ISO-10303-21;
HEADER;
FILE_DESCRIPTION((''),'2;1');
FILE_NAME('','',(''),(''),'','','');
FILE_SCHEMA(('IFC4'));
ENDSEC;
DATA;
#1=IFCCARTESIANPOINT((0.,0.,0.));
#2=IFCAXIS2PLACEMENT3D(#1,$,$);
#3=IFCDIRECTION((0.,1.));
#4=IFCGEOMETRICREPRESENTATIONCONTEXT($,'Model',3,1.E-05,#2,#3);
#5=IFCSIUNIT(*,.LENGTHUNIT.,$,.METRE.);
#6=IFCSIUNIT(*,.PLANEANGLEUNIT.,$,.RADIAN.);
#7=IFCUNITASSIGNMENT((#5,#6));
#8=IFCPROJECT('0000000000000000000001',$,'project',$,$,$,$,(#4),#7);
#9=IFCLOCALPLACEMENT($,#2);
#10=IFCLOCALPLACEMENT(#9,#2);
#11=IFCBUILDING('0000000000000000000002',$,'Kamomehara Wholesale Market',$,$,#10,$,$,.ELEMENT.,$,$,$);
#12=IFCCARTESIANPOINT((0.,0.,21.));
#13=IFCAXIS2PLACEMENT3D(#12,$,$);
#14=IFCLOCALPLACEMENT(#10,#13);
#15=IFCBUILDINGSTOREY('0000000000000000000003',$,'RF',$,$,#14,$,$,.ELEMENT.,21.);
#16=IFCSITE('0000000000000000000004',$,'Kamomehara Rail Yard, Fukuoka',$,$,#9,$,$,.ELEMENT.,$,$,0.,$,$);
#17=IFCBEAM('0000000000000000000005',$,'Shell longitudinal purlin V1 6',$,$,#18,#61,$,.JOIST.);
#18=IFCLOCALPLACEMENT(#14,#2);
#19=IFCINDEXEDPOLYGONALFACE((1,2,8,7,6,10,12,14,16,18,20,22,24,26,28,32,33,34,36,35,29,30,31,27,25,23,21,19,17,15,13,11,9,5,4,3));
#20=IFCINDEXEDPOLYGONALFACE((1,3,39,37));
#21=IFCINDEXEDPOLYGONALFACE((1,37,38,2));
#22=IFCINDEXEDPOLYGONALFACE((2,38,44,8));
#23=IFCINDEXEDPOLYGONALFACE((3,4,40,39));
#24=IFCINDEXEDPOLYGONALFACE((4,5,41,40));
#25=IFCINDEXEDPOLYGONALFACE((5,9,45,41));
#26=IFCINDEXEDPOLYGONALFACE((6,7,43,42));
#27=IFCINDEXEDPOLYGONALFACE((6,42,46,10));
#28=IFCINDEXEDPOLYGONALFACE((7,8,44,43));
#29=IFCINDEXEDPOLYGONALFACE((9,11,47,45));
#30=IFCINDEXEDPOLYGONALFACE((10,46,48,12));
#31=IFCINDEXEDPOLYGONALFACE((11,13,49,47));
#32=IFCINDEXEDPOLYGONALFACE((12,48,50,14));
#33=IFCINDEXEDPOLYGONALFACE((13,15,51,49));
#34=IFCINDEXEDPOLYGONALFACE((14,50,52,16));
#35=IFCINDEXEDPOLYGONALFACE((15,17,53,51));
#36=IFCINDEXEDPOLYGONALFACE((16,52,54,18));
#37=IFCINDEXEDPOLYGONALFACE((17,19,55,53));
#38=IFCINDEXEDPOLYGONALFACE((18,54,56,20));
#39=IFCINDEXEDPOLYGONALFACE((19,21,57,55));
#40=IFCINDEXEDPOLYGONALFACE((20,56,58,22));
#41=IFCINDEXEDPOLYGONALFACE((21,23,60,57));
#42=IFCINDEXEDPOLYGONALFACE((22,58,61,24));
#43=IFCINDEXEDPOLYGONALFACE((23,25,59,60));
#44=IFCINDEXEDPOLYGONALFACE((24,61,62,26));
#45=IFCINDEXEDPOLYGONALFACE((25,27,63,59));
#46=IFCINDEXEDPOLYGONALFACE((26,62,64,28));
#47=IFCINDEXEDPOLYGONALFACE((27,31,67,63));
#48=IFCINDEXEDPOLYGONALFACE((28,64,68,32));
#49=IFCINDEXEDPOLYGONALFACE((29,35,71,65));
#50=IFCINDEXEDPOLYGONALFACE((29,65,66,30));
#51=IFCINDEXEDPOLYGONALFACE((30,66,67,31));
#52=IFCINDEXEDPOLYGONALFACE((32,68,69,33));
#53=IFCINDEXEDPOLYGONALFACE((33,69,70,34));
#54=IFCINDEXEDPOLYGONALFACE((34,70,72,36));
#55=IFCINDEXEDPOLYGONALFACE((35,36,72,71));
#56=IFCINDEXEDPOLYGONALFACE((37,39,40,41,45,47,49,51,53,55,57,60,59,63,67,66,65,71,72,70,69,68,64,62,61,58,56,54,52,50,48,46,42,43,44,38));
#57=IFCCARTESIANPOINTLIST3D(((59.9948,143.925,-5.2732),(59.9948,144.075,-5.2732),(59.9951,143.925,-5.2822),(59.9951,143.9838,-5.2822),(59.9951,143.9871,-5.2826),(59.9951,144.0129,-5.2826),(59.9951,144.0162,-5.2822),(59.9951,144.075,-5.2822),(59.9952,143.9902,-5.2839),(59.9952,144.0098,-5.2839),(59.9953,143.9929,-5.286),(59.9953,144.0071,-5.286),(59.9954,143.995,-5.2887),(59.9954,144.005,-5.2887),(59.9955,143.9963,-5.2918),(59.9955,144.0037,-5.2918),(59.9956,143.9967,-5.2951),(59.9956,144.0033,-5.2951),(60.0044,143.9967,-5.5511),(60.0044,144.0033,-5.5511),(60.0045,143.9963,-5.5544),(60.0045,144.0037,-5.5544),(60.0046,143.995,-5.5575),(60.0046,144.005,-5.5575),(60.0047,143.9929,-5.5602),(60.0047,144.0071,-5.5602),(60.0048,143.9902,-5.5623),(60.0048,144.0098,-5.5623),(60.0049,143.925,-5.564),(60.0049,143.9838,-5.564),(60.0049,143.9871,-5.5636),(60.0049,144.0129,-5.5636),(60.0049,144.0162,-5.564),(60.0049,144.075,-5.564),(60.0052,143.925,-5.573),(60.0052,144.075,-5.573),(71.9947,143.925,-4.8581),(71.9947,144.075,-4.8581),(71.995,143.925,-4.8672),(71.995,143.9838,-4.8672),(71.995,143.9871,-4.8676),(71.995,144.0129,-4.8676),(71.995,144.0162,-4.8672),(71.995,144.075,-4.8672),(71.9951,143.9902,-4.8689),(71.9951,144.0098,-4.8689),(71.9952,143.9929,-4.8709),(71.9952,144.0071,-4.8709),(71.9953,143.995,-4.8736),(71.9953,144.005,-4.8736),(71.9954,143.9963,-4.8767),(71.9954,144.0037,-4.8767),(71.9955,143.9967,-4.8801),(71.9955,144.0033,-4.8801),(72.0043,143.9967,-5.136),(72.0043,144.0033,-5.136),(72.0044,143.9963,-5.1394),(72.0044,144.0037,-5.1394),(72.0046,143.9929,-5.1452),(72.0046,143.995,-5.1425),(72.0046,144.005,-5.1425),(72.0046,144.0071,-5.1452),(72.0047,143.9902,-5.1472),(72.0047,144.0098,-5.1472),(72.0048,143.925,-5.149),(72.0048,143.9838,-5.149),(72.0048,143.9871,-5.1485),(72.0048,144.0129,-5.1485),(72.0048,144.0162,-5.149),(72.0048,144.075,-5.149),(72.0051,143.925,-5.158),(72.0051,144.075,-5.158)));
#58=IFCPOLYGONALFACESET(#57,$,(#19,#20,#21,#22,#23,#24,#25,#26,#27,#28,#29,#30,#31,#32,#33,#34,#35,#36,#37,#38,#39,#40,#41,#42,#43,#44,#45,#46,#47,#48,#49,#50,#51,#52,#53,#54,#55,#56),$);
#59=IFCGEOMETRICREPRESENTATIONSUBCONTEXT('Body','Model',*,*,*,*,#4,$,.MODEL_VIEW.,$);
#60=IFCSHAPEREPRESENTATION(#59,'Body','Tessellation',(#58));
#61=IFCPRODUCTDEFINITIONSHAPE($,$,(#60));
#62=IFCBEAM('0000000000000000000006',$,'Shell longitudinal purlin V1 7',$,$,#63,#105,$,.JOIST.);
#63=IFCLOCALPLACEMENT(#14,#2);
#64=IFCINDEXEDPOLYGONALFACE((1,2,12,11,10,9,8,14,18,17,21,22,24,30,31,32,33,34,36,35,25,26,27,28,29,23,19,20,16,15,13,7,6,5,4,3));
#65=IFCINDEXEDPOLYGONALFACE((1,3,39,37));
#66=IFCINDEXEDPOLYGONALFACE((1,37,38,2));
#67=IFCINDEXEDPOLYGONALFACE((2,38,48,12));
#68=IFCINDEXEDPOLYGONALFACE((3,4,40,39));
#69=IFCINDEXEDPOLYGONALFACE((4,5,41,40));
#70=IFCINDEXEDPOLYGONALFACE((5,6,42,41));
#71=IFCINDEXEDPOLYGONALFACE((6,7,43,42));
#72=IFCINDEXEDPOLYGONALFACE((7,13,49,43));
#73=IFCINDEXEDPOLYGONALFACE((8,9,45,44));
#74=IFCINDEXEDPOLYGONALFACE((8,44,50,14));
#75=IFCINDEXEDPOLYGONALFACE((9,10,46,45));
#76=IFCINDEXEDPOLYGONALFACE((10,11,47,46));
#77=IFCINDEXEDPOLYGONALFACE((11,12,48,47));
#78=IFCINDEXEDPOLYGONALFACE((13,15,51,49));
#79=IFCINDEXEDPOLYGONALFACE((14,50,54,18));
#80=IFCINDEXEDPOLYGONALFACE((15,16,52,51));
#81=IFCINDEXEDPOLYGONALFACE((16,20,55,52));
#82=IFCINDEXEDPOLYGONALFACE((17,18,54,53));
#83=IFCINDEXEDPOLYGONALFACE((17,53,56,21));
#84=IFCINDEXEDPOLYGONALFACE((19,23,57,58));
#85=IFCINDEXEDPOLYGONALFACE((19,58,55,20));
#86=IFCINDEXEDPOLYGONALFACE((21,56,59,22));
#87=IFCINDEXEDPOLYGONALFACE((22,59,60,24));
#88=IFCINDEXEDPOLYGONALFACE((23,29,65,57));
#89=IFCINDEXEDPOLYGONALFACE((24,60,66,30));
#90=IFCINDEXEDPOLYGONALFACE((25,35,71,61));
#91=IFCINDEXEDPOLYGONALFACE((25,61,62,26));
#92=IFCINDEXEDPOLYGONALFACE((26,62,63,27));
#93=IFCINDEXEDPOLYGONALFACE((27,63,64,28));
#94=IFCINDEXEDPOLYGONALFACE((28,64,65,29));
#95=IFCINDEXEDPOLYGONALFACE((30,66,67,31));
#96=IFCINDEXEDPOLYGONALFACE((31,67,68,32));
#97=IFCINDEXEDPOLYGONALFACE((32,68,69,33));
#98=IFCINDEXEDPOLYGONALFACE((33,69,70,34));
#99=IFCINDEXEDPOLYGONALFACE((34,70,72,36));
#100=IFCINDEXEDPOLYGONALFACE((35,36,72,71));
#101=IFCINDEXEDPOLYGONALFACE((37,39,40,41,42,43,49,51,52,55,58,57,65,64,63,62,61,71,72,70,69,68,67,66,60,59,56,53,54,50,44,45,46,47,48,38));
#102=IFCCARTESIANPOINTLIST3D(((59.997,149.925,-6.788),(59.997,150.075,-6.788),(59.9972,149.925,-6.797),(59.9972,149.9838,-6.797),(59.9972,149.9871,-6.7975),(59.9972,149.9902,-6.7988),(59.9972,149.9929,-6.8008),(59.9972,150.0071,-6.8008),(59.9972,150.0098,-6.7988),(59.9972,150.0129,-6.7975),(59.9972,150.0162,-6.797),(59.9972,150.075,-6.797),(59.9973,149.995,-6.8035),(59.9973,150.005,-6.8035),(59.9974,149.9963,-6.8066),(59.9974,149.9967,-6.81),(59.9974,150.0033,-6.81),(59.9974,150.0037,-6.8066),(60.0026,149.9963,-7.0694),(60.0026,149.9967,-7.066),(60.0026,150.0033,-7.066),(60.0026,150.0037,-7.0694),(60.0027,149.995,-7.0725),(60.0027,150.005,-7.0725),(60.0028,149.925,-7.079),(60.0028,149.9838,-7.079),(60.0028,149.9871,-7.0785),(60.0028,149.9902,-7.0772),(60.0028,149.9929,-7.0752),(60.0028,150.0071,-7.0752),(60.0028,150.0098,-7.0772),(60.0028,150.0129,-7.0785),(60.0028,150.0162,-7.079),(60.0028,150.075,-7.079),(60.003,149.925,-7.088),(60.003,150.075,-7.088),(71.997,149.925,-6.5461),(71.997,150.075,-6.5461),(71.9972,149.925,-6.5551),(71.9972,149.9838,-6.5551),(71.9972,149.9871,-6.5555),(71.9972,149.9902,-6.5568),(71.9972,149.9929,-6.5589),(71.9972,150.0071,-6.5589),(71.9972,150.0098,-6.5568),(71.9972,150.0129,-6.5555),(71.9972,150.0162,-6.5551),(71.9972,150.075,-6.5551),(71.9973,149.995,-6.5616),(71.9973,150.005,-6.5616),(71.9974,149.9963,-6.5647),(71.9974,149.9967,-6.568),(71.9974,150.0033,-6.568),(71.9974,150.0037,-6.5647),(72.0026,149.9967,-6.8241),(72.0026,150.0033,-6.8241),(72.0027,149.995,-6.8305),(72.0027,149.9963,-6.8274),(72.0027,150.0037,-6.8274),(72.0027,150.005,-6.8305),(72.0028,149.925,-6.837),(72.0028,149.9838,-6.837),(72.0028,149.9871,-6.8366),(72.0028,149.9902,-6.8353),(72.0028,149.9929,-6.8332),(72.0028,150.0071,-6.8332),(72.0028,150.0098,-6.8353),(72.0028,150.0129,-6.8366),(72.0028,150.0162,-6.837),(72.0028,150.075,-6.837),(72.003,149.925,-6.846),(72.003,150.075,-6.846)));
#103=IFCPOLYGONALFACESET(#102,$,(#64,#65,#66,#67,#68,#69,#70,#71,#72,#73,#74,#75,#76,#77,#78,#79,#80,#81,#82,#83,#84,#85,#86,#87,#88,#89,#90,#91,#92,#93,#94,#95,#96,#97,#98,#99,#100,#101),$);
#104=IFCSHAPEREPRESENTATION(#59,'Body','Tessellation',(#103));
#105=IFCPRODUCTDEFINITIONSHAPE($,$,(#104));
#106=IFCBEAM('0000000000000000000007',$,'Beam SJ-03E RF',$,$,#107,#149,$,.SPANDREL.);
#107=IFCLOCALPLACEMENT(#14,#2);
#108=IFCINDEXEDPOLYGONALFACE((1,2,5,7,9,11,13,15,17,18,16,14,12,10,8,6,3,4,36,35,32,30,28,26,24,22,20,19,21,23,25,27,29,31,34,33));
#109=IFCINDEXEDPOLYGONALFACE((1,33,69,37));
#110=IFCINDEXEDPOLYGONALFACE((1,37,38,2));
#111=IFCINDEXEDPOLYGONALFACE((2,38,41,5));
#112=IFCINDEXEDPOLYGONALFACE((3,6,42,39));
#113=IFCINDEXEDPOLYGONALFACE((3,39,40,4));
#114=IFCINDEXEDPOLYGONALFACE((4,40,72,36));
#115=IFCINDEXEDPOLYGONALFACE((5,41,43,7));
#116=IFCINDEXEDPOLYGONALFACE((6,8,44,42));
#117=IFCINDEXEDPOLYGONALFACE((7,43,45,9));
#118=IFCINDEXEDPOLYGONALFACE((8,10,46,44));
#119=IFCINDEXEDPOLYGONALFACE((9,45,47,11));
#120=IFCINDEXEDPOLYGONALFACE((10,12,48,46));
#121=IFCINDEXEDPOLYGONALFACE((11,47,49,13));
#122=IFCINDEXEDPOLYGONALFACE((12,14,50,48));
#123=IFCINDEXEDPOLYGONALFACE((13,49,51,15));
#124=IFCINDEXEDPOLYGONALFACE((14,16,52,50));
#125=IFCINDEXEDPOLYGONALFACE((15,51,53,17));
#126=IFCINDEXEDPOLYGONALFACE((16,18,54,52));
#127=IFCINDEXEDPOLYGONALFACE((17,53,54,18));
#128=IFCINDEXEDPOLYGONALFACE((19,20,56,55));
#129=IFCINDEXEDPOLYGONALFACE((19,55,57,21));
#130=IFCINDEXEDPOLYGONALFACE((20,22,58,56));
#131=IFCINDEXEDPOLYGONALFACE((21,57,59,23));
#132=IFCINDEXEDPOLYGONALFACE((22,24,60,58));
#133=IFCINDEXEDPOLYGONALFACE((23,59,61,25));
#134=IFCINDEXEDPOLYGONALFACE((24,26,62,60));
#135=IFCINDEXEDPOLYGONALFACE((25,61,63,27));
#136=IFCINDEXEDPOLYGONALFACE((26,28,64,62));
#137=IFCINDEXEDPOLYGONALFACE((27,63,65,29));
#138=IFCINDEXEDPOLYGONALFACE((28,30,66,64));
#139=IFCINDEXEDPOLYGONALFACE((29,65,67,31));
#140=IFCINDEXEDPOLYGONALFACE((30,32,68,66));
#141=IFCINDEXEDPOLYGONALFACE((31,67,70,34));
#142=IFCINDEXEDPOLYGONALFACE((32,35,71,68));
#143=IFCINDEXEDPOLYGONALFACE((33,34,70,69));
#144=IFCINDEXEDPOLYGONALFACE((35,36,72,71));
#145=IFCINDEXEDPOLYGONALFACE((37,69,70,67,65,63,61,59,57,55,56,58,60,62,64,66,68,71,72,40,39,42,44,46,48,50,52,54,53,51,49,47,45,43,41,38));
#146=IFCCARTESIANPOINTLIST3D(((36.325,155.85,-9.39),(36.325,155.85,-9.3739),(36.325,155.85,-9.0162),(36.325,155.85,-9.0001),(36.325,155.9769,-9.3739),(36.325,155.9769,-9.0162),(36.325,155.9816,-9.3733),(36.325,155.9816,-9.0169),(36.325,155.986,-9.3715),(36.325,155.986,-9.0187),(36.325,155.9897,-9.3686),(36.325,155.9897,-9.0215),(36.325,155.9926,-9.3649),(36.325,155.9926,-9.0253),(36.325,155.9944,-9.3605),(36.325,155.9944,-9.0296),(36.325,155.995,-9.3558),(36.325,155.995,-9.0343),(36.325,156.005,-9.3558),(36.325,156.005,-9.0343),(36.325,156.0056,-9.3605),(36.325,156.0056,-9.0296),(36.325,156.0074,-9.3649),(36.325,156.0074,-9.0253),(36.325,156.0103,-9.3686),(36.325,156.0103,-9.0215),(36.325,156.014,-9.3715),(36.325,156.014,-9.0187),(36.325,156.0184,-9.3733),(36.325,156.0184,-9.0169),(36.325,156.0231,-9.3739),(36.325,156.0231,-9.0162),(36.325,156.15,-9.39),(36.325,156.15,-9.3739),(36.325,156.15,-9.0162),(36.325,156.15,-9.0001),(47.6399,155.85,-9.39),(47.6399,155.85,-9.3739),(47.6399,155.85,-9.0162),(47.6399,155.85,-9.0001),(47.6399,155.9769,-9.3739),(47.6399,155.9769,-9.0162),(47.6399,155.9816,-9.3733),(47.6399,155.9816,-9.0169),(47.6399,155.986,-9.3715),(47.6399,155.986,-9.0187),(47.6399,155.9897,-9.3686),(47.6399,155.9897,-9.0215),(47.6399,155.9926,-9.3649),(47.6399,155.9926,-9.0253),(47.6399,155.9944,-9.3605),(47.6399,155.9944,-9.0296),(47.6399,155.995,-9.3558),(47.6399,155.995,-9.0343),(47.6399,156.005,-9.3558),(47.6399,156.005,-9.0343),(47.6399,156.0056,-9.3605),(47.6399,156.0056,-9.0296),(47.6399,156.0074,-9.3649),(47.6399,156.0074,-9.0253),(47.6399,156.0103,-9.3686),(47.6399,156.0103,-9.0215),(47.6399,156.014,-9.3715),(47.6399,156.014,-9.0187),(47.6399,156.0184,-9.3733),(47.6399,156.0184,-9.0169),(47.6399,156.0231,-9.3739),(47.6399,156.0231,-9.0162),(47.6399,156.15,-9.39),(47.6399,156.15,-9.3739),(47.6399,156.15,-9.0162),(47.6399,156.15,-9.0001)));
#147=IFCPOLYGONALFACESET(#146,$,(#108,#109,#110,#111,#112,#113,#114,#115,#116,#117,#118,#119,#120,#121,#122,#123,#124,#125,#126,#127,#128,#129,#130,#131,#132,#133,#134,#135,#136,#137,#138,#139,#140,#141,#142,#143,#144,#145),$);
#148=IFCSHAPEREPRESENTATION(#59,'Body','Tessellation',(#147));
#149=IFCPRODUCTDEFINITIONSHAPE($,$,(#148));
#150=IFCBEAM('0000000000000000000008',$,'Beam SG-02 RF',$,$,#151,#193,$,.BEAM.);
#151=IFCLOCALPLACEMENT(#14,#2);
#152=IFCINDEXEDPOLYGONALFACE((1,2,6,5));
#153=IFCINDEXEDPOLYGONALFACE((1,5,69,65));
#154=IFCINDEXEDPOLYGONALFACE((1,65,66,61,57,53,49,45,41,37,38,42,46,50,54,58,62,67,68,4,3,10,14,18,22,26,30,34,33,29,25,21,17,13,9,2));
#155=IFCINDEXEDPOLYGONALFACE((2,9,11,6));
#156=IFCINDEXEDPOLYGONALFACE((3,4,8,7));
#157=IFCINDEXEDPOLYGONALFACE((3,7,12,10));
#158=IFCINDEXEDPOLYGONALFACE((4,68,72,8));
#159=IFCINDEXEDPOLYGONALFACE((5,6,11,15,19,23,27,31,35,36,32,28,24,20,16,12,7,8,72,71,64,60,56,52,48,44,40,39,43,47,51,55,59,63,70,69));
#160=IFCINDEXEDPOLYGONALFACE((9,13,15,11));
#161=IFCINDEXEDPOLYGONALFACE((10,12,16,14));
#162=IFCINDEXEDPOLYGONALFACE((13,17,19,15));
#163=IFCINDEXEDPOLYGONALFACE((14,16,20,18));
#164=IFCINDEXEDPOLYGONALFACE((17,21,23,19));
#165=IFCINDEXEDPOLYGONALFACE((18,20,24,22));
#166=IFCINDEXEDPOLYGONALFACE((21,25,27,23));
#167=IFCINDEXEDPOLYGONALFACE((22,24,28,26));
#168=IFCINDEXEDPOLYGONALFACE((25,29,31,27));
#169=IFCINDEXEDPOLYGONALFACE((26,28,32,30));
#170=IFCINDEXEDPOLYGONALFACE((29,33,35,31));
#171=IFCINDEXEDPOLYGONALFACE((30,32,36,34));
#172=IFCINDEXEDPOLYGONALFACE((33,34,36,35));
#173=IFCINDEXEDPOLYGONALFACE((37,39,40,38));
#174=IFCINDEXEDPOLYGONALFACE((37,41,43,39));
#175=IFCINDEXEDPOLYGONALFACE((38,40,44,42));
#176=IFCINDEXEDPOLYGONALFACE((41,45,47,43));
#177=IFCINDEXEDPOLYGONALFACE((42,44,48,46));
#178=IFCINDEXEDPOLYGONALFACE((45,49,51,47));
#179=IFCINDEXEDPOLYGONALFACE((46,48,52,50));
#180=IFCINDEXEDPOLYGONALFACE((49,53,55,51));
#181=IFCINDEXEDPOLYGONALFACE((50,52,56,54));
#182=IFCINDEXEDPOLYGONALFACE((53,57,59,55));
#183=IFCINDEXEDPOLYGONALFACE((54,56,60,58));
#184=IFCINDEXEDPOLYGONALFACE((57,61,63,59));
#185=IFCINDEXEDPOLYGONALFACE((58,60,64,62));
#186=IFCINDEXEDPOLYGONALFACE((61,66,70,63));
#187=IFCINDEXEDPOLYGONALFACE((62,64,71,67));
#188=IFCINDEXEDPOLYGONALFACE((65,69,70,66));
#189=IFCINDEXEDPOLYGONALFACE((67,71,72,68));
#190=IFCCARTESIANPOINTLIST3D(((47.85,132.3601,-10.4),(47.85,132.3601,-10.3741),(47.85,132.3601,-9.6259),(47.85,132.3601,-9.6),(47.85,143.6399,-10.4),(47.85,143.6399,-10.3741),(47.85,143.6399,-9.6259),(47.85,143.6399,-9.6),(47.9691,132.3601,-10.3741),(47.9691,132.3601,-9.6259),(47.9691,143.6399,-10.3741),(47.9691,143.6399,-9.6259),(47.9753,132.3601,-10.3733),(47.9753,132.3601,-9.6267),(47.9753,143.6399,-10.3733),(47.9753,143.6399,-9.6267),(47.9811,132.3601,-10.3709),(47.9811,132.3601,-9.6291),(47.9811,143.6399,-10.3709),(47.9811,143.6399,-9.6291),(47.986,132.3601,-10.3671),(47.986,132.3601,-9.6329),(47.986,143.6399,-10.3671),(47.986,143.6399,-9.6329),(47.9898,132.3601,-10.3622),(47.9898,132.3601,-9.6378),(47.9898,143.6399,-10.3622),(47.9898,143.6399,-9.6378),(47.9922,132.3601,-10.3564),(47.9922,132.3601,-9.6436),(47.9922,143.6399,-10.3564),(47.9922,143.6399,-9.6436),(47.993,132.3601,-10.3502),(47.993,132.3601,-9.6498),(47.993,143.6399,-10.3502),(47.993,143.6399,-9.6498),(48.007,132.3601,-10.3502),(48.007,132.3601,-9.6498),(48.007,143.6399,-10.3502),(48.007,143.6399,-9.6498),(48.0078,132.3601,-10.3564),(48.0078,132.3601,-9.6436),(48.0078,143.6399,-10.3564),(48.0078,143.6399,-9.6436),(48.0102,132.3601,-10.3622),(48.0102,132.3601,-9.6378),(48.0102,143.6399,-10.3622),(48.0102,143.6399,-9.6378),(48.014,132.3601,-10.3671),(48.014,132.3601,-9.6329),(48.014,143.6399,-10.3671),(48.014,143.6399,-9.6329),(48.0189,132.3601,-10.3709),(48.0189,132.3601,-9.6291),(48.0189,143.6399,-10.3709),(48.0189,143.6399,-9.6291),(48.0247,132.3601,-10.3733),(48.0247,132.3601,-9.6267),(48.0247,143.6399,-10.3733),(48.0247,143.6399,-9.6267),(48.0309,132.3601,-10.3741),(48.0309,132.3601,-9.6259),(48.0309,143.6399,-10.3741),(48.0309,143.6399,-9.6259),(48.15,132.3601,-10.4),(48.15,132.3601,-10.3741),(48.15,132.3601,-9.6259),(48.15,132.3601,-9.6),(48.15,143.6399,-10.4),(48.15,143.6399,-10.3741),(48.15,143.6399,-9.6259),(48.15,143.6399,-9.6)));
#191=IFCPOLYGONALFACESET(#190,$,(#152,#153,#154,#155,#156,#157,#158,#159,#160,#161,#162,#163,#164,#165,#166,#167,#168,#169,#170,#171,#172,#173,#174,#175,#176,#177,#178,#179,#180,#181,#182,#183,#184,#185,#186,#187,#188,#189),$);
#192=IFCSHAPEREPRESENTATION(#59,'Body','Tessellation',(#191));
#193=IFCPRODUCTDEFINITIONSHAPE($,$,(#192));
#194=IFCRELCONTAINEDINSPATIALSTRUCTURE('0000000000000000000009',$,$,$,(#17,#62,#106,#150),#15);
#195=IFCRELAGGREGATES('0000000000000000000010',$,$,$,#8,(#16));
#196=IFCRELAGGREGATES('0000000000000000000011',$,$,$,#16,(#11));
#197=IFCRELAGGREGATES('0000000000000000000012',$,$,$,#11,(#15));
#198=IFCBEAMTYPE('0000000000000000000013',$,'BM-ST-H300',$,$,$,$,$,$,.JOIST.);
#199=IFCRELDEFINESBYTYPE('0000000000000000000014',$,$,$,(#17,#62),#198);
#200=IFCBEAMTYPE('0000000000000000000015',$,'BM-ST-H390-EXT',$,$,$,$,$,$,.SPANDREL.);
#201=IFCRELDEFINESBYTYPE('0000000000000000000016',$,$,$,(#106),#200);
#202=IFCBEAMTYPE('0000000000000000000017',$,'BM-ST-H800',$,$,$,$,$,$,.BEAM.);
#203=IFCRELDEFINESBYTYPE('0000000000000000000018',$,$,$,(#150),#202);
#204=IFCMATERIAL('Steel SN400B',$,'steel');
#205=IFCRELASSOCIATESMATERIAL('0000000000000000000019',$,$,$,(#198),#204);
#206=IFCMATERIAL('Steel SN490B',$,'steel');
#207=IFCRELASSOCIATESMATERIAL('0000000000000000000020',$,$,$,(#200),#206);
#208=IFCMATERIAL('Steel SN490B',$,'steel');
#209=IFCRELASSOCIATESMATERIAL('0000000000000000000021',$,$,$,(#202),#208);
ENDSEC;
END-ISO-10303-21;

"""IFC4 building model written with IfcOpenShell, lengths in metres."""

from ifc_helpers import new_model, si_unit, direction, frame, origin, origin_2d, place, context, subcontext, project, spatial, i_section, extrude, material, material_profile, profile_set, type_object, element, save


model = new_model("IFC4")

# Units and contexts
model_context = context("Model", 3, precision=1e-05, world=origin(), true_north=direction((0.0, 1.0)))
body_context = subcontext(model_context, "Body", "Model", "MODEL_VIEW")
ifc_project = project(units=[si_unit("LENGTHUNIT", "METRE"), si_unit("PLANEANGLEUNIT", "RADIAN")], contexts=[model_context])

# Site, building, storey
site_placement = place(None, origin())
site = spatial("IfcSite", under=ifc_project, at=site_placement, Name="Kamomehara Rail Yard, Fukuoka", CompositionType="ELEMENT", RefElevation=0.0)
building_placement = place(site_placement, origin())
building = spatial("IfcBuilding", under=site, at=building_placement, Name="Kamomehara Wholesale Market", CompositionType="ELEMENT")
storey_placement = place(building_placement, frame((0.0, 0.0, 21.0)))
storey = spatial("IfcBuildingStorey", under=building, at=storey_placement, Name="RF", CompositionType="ELEMENT", Elevation=21.0)

# Beams
ifc_material_1 = material(Name="Steel SN400B", Category="steel")
ifc_material_profile_1 = material_profile(ifc_material_1, i_section(OverallWidth=0.1499, OverallDepth=0.3, WebThickness=0.0066, FlangeThickness=0.009, FilletRadius=0.0129, at=origin_2d()), Name="H-300x150x6.5x9")
ifc_profile_set_1 = profile_set([ifc_material_profile_1], Name="Steel SN400B")
beam_type_1 = type_object("IfcBeamType", Name="BM-ST-H300", PredefinedType="JOIST", material=ifc_profile_set_1)
beam_1_placement = place(storey_placement, frame((60.0, 144.0, -5.4231), z_axis=(0.999402, 0.0, 0.034566), x_axis=(0.0, 1.0, 0.0)))
element("IfcBeam", 1, at=beam_1_placement, inside=storey, type_object=beam_type_1, Name="Shell longitudinal purlin V1 6", PredefinedType="JOIST", context=body_context, shape_type="SweptSolid", body=[
    extrude(i_section(OverallWidth=0.1499, OverallDepth=0.3, WebThickness=0.0066, FlangeThickness=0.009, FilletRadius=0.0129, at=origin_2d()), origin(), (0.0, 0.0, 1.0), 12.0071),
])
beam_2_placement = place(storey_placement, frame((60.0, 150.0, -6.938), z_axis=(0.999797, 0.0, 0.020158), x_axis=(0.0, 1.0, 0.0)))
element("IfcBeam", 2, at=beam_2_placement, inside=storey, type_object=beam_type_1, Name="Shell longitudinal purlin V1 7", PredefinedType="JOIST", context=body_context, shape_type="SweptSolid", body=[
    extrude(i_section(OverallWidth=0.1499, OverallDepth=0.3, WebThickness=0.0066, FlangeThickness=0.009, FilletRadius=0.0129, at=origin_2d()), origin(), (0.0, 0.0, 1.0), 12.0024),
])
ifc_material_2 = material(Name="Steel SN490B", Category="steel")
ifc_material_profile_2 = material_profile(ifc_material_2, i_section(OverallWidth=0.3, OverallDepth=0.3899, WebThickness=0.01, FlangeThickness=0.0161, FilletRadius=0.0181, at=origin_2d()), Name="H-390x300x10x16")
ifc_profile_set_2 = profile_set([ifc_material_profile_2], Name="Steel SN490B")
beam_type_2 = type_object("IfcBeamType", Name="BM-ST-H390-EXT", PredefinedType="SPANDREL", material=ifc_profile_set_2)
beam_3_placement = place(storey_placement, frame((36.325, 156.0, -9.1951), z_axis=(1.0, 0.0, 0.0), x_axis=(0.0, 1.0, 0.0)))
element("IfcBeam", 3, at=beam_3_placement, inside=storey, type_object=beam_type_2, Name="Beam SJ-03E RF", PredefinedType="SPANDREL", context=body_context, shape_type="SweptSolid", body=[
    extrude(i_section(OverallWidth=0.3, OverallDepth=0.3899, WebThickness=0.01, FlangeThickness=0.0161, FilletRadius=0.0181, at=origin_2d()), origin(), (0.0, 0.0, 1.0), 11.3149),
])
ifc_material_3 = material(Name="Steel SN490B", Category="steel")
ifc_material_profile_3 = material_profile(ifc_material_3, i_section(OverallWidth=0.3, OverallDepth=0.8, WebThickness=0.0139, FlangeThickness=0.0259, FilletRadius=0.0239, at=origin_2d()), Name="H-800x300x14x26")
ifc_profile_set_3 = profile_set([ifc_material_profile_3], Name="Steel SN490B")
beam_type_3 = type_object("IfcBeamType", Name="BM-ST-H800", PredefinedType="BEAM", material=ifc_profile_set_3)
beam_4_placement = place(storey_placement, frame((48.0, 132.3601, -10.0), z_axis=(0.0, 1.0, 0.0), x_axis=(-1.0, 0.0, 0.0)))
element("IfcBeam", 4, at=beam_4_placement, inside=storey, type_object=beam_type_3, Name="Beam SG-02 RF", PredefinedType="BEAM", context=body_context, shape_type="SweptSolid", body=[
    extrude(i_section(OverallWidth=0.3, OverallDepth=0.8, WebThickness=0.0139, FlangeThickness=0.0259, FilletRadius=0.0239, at=origin_2d()), origin(), (0.0, 0.0, 1.0), 11.2798),
])

save(model, "model.ifc")
